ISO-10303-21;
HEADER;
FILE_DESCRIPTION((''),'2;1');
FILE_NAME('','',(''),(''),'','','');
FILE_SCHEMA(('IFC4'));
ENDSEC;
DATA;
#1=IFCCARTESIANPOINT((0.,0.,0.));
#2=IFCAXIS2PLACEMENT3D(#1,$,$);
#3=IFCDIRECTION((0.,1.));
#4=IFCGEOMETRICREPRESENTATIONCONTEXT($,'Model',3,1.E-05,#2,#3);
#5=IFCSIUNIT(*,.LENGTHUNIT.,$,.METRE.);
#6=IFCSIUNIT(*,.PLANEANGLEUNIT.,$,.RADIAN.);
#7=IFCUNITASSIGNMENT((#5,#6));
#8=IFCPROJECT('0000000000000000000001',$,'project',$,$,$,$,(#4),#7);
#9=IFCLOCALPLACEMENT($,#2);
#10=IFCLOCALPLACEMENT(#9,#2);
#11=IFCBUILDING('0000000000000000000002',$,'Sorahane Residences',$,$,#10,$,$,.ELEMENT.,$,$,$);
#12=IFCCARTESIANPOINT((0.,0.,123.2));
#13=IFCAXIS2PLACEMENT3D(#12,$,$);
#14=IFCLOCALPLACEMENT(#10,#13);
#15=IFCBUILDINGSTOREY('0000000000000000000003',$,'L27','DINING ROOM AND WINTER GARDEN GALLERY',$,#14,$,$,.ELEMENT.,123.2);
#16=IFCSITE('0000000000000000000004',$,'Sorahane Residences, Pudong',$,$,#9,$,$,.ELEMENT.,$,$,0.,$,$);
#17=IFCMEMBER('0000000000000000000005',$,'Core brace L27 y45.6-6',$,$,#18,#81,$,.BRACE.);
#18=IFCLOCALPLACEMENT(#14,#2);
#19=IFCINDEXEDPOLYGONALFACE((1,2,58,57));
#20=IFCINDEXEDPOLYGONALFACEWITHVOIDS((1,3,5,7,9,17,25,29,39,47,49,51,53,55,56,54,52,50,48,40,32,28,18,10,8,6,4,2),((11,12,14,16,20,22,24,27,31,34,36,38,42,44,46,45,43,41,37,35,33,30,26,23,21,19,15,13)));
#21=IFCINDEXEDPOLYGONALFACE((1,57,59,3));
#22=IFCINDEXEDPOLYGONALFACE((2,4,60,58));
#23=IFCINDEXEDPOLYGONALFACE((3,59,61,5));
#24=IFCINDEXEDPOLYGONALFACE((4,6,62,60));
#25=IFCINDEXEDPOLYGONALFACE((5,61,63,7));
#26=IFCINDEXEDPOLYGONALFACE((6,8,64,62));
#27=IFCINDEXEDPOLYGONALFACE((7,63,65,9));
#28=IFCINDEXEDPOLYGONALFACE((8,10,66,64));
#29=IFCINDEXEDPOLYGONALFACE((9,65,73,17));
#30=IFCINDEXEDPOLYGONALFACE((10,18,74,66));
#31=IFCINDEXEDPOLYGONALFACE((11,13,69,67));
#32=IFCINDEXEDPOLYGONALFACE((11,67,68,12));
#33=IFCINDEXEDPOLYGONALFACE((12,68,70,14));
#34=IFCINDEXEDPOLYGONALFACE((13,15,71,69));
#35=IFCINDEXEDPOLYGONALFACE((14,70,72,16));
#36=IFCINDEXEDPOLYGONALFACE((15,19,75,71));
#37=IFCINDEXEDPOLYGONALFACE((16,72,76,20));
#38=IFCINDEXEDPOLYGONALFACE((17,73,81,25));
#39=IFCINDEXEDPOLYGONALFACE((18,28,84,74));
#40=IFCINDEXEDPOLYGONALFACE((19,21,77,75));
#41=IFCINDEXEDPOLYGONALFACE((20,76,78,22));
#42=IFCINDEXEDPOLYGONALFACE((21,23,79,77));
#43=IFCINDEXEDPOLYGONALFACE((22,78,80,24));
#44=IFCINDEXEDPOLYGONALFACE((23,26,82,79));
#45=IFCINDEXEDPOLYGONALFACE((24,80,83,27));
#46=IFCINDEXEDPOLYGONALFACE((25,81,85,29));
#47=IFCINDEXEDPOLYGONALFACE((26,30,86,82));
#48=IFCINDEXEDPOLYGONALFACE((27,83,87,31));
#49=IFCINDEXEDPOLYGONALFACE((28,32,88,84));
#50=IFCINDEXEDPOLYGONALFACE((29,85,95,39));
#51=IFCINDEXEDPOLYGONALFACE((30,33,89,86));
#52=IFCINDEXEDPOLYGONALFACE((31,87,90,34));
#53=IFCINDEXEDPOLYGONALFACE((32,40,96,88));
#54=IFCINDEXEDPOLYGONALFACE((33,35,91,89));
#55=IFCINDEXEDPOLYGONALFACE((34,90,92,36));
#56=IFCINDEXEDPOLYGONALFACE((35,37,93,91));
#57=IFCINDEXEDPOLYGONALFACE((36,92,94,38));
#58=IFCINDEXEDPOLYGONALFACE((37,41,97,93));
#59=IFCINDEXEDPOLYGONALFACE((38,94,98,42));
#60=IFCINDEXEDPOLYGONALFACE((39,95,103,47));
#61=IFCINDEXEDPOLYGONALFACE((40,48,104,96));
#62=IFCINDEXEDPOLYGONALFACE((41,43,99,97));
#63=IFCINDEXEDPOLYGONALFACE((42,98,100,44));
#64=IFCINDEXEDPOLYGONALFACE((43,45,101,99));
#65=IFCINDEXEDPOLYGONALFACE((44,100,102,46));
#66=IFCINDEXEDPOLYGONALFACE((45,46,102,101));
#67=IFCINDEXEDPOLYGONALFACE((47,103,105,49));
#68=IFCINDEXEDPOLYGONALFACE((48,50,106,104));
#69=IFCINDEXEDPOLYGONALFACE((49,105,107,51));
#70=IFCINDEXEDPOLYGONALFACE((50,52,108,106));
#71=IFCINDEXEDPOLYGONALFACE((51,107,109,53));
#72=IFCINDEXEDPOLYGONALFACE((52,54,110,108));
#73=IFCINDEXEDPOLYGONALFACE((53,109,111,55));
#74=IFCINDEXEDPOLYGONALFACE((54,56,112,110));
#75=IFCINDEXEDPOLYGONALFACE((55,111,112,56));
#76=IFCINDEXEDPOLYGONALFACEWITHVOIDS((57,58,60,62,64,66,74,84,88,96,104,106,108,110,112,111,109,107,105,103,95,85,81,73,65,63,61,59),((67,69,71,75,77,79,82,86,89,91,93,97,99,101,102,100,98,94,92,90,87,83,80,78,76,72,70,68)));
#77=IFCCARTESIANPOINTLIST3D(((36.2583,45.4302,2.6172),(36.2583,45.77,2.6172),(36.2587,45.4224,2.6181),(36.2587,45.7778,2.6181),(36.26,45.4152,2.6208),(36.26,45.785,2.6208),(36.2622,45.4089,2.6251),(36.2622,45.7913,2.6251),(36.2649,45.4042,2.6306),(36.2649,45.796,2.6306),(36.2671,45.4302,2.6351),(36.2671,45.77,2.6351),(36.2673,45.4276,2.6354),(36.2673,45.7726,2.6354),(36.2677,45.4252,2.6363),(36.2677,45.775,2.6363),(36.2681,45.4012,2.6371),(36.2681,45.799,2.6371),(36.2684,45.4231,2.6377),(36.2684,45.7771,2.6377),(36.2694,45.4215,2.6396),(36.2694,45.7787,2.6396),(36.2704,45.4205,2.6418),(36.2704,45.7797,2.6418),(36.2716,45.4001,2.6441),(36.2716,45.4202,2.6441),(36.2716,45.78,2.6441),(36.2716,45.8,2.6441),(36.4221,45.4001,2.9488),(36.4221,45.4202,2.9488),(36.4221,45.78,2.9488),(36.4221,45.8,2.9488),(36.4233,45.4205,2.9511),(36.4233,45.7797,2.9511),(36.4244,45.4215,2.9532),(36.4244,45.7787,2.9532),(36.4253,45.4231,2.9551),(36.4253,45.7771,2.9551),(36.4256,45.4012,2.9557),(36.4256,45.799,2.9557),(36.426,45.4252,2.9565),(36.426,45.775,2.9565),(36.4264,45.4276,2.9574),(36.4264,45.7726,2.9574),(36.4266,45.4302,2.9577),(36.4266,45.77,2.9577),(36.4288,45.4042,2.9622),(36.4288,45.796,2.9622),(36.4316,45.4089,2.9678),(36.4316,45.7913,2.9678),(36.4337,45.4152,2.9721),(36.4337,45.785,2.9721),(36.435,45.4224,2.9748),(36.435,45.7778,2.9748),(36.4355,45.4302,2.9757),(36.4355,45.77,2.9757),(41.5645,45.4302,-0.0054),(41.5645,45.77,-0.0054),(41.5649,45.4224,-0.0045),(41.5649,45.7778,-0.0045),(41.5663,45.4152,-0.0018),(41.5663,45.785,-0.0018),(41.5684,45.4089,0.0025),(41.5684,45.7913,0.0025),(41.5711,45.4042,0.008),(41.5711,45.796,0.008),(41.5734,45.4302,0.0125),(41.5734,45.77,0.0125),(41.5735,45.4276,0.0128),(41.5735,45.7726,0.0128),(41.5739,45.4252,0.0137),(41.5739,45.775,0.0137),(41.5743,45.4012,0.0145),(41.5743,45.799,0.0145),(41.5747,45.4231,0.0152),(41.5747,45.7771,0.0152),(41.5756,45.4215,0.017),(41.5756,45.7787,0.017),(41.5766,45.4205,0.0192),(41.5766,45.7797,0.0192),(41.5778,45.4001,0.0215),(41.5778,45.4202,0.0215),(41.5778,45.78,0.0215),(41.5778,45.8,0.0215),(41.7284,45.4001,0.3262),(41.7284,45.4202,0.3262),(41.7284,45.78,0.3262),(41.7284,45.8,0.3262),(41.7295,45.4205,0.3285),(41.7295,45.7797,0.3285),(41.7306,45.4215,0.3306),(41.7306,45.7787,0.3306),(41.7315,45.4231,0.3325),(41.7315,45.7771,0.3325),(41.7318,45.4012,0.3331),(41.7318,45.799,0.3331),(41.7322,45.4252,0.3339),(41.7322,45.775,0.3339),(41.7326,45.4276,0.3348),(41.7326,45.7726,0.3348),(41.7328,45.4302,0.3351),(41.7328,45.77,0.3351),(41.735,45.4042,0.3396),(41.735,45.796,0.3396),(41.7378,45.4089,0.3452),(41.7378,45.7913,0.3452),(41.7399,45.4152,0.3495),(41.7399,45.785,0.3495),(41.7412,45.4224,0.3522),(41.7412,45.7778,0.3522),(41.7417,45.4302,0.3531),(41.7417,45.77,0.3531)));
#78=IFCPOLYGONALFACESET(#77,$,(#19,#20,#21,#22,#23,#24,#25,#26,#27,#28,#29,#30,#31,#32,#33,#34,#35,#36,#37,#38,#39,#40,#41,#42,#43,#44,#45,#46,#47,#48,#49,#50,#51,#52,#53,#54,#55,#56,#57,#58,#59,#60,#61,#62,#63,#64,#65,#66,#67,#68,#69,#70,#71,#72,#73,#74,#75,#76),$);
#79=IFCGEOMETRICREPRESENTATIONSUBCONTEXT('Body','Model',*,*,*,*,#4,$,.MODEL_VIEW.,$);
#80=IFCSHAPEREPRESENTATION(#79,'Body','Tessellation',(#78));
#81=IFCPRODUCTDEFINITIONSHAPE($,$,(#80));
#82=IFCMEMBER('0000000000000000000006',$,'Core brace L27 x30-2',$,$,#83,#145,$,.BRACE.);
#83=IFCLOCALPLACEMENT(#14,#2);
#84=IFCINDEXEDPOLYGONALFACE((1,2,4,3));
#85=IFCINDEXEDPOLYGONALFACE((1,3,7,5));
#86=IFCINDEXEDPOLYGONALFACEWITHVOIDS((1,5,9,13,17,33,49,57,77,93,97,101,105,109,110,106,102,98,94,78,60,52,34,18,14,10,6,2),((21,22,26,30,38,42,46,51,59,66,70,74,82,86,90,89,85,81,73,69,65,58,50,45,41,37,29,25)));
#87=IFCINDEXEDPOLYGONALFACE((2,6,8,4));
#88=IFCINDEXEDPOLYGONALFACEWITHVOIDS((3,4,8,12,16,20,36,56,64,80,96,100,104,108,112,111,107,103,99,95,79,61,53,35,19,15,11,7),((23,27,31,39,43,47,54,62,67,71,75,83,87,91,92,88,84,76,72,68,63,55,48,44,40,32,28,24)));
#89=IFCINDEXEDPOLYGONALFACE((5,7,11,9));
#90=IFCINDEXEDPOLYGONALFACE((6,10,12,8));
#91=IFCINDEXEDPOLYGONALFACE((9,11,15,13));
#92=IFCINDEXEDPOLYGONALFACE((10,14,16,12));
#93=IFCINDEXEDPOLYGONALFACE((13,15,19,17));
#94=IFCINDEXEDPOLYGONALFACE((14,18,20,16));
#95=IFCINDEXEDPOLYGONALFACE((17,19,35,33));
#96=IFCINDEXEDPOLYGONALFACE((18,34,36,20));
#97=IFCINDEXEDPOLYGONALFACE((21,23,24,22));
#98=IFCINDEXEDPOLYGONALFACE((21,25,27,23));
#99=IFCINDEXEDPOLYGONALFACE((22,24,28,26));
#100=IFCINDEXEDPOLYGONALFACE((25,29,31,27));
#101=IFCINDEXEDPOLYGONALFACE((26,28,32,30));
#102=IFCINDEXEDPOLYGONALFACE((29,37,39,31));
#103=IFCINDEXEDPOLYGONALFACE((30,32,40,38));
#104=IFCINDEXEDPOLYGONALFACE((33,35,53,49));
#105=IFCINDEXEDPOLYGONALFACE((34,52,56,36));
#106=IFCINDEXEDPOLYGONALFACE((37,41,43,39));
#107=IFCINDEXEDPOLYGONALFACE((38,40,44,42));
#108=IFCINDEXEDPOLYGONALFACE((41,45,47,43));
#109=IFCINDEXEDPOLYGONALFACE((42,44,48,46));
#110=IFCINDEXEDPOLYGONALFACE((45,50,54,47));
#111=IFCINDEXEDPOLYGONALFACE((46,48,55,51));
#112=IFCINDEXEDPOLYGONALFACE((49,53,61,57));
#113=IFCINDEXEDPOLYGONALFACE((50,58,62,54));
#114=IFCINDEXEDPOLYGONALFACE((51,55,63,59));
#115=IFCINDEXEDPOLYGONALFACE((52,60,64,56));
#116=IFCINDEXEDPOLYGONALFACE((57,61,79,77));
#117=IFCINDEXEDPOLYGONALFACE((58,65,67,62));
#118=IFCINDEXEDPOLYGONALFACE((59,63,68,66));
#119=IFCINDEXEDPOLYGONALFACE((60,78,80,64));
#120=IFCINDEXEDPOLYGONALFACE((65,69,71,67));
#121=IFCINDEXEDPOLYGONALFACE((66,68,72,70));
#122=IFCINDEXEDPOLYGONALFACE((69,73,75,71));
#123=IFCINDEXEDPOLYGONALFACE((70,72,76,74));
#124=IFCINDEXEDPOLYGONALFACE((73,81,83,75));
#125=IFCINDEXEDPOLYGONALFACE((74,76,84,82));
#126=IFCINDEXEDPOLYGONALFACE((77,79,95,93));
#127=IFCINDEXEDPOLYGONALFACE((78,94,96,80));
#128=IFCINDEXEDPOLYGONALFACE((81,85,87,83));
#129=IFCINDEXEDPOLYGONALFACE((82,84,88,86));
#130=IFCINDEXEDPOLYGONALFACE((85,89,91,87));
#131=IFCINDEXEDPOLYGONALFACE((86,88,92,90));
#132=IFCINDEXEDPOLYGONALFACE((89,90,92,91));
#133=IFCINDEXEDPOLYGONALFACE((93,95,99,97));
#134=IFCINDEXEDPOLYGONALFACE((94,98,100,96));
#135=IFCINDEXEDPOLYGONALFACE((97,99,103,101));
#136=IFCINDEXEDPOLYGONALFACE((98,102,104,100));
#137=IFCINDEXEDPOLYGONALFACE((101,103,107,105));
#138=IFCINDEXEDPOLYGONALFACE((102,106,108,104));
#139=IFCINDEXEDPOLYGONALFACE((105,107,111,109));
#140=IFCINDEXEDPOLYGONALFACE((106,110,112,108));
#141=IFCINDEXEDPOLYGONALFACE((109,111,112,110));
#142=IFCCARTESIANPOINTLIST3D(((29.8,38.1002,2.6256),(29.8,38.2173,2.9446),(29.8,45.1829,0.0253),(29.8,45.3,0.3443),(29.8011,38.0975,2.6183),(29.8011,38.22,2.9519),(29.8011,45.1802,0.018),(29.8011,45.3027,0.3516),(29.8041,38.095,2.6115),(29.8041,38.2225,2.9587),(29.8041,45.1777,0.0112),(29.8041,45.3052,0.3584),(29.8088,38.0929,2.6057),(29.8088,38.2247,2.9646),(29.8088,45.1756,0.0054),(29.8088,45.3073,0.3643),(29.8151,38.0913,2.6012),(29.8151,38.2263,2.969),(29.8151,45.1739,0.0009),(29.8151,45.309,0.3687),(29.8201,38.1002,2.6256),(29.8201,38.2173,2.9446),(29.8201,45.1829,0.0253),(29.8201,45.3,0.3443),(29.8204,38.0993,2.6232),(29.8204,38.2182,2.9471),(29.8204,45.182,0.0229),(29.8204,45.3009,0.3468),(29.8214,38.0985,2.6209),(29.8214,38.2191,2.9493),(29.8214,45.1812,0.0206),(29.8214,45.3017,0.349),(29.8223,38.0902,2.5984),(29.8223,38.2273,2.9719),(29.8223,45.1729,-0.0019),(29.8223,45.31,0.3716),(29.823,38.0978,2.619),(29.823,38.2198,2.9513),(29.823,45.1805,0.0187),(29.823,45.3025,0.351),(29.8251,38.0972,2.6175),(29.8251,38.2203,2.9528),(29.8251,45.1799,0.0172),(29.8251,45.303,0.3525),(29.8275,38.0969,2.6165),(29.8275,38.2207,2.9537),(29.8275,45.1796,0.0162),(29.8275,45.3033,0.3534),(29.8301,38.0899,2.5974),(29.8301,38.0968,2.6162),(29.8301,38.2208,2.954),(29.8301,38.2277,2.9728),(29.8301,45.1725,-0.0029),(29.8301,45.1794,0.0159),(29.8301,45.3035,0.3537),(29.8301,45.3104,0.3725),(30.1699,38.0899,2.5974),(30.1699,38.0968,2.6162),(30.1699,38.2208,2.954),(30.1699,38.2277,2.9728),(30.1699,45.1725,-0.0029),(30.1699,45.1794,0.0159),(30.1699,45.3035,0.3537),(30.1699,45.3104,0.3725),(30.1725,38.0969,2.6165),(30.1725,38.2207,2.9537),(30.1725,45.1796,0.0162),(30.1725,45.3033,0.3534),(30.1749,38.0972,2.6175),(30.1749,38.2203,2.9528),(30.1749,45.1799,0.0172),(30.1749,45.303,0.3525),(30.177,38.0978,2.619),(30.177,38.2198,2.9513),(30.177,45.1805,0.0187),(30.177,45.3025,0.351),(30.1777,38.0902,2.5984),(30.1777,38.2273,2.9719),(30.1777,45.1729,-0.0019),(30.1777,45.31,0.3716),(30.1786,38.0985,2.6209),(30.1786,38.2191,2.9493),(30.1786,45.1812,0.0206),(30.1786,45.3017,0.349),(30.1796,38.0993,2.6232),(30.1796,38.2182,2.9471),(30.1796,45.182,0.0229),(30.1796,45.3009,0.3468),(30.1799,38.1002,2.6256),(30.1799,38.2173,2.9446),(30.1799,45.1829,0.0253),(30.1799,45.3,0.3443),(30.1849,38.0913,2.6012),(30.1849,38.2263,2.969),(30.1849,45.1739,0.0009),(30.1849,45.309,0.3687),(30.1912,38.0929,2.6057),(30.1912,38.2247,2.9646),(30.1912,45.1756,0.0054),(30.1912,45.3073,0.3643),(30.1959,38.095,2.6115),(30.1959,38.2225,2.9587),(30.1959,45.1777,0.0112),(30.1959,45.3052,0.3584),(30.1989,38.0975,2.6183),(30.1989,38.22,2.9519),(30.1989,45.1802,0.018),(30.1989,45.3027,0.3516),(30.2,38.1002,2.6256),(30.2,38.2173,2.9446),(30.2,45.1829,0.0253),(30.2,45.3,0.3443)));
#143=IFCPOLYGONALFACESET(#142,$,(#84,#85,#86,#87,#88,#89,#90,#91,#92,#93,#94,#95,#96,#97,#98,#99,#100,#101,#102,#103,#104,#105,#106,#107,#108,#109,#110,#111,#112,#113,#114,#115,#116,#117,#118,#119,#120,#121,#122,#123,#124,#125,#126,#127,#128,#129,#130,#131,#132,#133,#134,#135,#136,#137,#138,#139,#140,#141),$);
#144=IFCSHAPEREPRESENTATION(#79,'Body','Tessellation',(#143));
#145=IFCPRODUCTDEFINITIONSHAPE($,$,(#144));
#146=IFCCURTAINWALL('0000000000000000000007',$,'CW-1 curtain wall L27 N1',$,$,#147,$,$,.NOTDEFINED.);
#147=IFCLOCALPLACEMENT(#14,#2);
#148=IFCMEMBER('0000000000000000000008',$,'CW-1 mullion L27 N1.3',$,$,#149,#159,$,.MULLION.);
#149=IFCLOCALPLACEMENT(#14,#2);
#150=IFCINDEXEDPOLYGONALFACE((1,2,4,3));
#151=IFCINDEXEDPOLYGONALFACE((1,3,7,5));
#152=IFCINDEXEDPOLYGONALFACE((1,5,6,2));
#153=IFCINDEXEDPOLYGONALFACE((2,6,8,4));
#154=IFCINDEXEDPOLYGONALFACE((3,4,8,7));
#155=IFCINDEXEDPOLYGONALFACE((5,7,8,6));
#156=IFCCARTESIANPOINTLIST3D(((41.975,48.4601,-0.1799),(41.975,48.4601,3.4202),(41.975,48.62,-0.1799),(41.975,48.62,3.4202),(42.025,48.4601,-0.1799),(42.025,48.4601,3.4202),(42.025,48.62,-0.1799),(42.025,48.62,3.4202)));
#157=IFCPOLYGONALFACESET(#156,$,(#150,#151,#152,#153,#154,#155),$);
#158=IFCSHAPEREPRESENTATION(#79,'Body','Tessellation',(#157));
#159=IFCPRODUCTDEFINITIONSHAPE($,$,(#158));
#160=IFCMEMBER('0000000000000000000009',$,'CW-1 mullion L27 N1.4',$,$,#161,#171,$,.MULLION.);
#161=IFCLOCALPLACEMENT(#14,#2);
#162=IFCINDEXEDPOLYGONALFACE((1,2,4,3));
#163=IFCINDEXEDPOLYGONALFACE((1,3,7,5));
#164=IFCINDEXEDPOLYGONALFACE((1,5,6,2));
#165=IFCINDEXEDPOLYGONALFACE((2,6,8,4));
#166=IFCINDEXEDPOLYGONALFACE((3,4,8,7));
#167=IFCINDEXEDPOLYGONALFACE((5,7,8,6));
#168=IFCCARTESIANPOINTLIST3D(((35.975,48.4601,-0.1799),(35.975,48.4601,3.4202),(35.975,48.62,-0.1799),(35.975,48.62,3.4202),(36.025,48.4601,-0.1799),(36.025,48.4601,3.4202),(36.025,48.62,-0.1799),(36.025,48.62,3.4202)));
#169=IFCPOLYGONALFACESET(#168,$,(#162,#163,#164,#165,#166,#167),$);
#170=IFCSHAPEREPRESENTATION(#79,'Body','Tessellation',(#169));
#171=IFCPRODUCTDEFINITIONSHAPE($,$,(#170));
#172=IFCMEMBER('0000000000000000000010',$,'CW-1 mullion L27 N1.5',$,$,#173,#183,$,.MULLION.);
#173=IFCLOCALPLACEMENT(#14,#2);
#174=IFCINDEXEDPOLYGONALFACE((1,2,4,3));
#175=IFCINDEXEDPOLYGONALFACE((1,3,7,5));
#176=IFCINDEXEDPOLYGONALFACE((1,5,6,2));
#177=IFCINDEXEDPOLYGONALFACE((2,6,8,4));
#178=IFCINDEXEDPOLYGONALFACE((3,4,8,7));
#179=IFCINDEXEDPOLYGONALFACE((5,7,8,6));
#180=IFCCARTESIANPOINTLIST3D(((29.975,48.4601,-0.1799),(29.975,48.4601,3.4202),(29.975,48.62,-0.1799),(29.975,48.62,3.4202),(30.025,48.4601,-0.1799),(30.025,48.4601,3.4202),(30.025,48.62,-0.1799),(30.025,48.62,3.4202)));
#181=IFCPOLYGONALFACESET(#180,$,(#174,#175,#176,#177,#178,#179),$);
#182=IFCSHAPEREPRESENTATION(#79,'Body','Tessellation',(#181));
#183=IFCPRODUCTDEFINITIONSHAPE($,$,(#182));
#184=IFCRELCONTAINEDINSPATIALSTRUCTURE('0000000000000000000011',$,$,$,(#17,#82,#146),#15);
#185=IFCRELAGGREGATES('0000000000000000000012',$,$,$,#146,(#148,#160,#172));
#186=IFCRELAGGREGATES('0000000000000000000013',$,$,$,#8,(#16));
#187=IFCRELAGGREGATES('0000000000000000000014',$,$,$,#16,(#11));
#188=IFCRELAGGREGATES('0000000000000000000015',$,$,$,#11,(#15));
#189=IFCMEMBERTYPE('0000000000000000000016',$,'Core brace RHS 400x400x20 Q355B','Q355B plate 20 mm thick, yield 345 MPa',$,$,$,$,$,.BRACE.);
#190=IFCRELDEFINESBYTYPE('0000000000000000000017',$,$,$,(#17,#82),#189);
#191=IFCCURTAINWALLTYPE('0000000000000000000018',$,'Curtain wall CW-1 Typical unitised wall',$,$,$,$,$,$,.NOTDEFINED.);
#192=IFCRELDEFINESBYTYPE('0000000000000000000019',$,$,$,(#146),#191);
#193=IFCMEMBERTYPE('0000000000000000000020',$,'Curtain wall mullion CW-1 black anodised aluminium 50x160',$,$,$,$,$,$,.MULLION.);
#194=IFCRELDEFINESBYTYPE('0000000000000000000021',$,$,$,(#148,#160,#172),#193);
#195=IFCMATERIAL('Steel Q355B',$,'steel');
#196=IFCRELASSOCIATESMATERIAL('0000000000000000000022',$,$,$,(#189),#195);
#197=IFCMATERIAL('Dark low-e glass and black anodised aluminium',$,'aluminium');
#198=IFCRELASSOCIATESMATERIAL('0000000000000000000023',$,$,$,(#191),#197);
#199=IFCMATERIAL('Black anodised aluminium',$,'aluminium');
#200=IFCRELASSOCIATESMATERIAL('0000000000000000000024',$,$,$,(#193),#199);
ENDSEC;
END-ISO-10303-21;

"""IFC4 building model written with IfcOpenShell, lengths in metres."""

from ifc_helpers import new_model, si_unit, direction, frame, origin, origin_2d, place, context, subcontext, project, spatial, rectangle, hollow_rectangle, extrude, material, material_profile, profile_set, type_object, element, aggregate, save


model = new_model("IFC4")

# Units and contexts
model_context = context("Model", 3, precision=1e-05, world=origin(), true_north=direction((0.0, 1.0)))
body_context = subcontext(model_context, "Body", "Model", "MODEL_VIEW")
ifc_project = project(units=[si_unit("LENGTHUNIT", "METRE"), si_unit("PLANEANGLEUNIT", "RADIAN")], contexts=[model_context])

# Site, building, storey
site_placement = place(None, origin())
site = spatial("IfcSite", under=ifc_project, at=site_placement, Name="Sorahane Residences, Pudong", CompositionType="ELEMENT", RefElevation=0.0)
building_placement = place(site_placement, origin())
building = spatial("IfcBuilding", under=site, at=building_placement, Name="Sorahane Residences", CompositionType="ELEMENT")
storey_placement = place(building_placement, frame((0.0, 0.0, 123.2)))
storey = spatial("IfcBuildingStorey", under=building, at=storey_placement, Name="L27", Description="DINING ROOM AND WINTER GARDEN GALLERY", CompositionType="ELEMENT", Elevation=123.2)

# Members
ifc_material_1 = material(Name="Steel Q355B", Category="steel")
ifc_material_profile_1 = material_profile(ifc_material_1, hollow_rectangle(XDim=0.3999, YDim=0.3999, WallThickness=0.02, InnerFilletRadius=0.01, OuterFilletRadius=0.03, at=origin_2d()), Name="RHS 400x400x20")
ifc_profile_set_1 = profile_set([ifc_material_profile_1], Name="Steel Q355B")
member_type_1 = type_object("IfcMemberType", Name="Core brace RHS 400x400x20 Q355B", Description="Q355B plate 20 mm thick, yield 345 MPa", PredefinedType="BRACE", material=ifc_profile_set_1)
for number, where, z_axis, x_axis, name in (
    (1, (41.6531, 45.6001, 0.1738), (-0.89648, 0.0, 0.443084), (0.0, -1.0, 0.0), "Core brace L27 y45.6-6"),
):
    element("IfcMember", number, at=place(storey_placement, frame(where, z_axis=z_axis, x_axis=x_axis)), inside=storey, type_object=member_type_1, Name=name, PredefinedType="BRACE", context=body_context, shape_type="SweptSolid", body=[
        extrude(hollow_rectangle(XDim=0.3999, YDim=0.3999, WallThickness=0.02, InnerFilletRadius=0.01, OuterFilletRadius=0.03, at=origin_2d()), origin(), (0.0, 0.0, 1.0), 5.9189),
    ])
member_1_placement = place(storey_placement, frame((30.0, 45.2415, 0.1848), z_axis=(0.0, -0.938734, 0.344643), x_axis=(1.0, 0.0, 0.0)))
element("IfcMember", 2, at=member_1_placement, inside=storey, type_object=member_type_1, Name="Core brace L27 x30-2", PredefinedType="BRACE", context=body_context, shape_type="SweptSolid", body=[
    extrude(hollow_rectangle(XDim=0.3999, YDim=0.3999, WallThickness=0.02, InnerFilletRadius=0.01, OuterFilletRadius=0.03, at=origin_2d()), origin(), (0.0, 0.0, 1.0), 7.5449),
])

# Curtain wall, members
ifc_material_2 = material(Name="Dark low-e glass and black anodised aluminium", Category="aluminium")
curtain_wall_type = type_object("IfcCurtainWallType", Name="Curtain wall CW-1 Typical unitised wall", PredefinedType="NOTDEFINED", material=ifc_material_2)
curtain_wall_placement = place(storey_placement, origin())
curtain_wall = element("IfcCurtainWall", 3, at=curtain_wall_placement, inside=storey, type_object=curtain_wall_type, Name="CW-1 curtain wall L27 N1", PredefinedType="NOTDEFINED")
ifc_material_3 = material(Name="Black anodised aluminium", Category="aluminium")
ifc_material_profile_2 = material_profile(ifc_material_3, rectangle(XDim=0.1599, YDim=0.05, at=origin_2d()), Name="Curtain wall mullion CW-1 black anodised aluminium 50x160")
ifc_profile_set_2 = profile_set([ifc_material_profile_2], Name="Black anodised aluminium")
member_type_2 = type_object("IfcMemberType", Name="Curtain wall mullion CW-1 black anodised aluminium 50x160", PredefinedType="MULLION", material=ifc_profile_set_2)
member_2_placement = place(storey_placement, frame((42.0, 48.54, -0.1799), z_axis=(0.0, 0.0, 1.0), x_axis=(0.0, 1.0, 0.0)))
member_2 = element("IfcMember", 4, at=member_2_placement, type_object=member_type_2, Name="CW-1 mullion L27 N1.3", PredefinedType="MULLION", context=body_context, shape_type="SweptSolid", body=[
    extrude(rectangle(XDim=0.1599, YDim=0.05, at=origin_2d()), origin(), (0.0, 0.0, 1.0), 3.6001),
])
member_3_placement = place(storey_placement, frame((36.0, 48.54, -0.1799), z_axis=(0.0, 0.0, 1.0), x_axis=(0.0, 1.0, 0.0)))
member_3 = element("IfcMember", 5, at=member_3_placement, type_object=member_type_2, Name="CW-1 mullion L27 N1.4", PredefinedType="MULLION", context=body_context, shape_type="SweptSolid", body=[
    extrude(rectangle(XDim=0.1599, YDim=0.05, at=origin_2d()), origin(), (0.0, 0.0, 1.0), 3.6001),
])
member_4_placement = place(storey_placement, frame((30.0, 48.54, -0.1799), z_axis=(0.0, 0.0, 1.0), x_axis=(0.0, 1.0, 0.0)))
member_4 = element("IfcMember", 6, at=member_4_placement, type_object=member_type_2, Name="CW-1 mullion L27 N1.5", PredefinedType="MULLION", context=body_context, shape_type="SweptSolid", body=[
    extrude(rectangle(XDim=0.1599, YDim=0.05, at=origin_2d()), origin(), (0.0, 0.0, 1.0), 3.6001),
])

aggregate(curtain_wall, [member_2, member_3, member_4])

save(model, "model.ifc")
